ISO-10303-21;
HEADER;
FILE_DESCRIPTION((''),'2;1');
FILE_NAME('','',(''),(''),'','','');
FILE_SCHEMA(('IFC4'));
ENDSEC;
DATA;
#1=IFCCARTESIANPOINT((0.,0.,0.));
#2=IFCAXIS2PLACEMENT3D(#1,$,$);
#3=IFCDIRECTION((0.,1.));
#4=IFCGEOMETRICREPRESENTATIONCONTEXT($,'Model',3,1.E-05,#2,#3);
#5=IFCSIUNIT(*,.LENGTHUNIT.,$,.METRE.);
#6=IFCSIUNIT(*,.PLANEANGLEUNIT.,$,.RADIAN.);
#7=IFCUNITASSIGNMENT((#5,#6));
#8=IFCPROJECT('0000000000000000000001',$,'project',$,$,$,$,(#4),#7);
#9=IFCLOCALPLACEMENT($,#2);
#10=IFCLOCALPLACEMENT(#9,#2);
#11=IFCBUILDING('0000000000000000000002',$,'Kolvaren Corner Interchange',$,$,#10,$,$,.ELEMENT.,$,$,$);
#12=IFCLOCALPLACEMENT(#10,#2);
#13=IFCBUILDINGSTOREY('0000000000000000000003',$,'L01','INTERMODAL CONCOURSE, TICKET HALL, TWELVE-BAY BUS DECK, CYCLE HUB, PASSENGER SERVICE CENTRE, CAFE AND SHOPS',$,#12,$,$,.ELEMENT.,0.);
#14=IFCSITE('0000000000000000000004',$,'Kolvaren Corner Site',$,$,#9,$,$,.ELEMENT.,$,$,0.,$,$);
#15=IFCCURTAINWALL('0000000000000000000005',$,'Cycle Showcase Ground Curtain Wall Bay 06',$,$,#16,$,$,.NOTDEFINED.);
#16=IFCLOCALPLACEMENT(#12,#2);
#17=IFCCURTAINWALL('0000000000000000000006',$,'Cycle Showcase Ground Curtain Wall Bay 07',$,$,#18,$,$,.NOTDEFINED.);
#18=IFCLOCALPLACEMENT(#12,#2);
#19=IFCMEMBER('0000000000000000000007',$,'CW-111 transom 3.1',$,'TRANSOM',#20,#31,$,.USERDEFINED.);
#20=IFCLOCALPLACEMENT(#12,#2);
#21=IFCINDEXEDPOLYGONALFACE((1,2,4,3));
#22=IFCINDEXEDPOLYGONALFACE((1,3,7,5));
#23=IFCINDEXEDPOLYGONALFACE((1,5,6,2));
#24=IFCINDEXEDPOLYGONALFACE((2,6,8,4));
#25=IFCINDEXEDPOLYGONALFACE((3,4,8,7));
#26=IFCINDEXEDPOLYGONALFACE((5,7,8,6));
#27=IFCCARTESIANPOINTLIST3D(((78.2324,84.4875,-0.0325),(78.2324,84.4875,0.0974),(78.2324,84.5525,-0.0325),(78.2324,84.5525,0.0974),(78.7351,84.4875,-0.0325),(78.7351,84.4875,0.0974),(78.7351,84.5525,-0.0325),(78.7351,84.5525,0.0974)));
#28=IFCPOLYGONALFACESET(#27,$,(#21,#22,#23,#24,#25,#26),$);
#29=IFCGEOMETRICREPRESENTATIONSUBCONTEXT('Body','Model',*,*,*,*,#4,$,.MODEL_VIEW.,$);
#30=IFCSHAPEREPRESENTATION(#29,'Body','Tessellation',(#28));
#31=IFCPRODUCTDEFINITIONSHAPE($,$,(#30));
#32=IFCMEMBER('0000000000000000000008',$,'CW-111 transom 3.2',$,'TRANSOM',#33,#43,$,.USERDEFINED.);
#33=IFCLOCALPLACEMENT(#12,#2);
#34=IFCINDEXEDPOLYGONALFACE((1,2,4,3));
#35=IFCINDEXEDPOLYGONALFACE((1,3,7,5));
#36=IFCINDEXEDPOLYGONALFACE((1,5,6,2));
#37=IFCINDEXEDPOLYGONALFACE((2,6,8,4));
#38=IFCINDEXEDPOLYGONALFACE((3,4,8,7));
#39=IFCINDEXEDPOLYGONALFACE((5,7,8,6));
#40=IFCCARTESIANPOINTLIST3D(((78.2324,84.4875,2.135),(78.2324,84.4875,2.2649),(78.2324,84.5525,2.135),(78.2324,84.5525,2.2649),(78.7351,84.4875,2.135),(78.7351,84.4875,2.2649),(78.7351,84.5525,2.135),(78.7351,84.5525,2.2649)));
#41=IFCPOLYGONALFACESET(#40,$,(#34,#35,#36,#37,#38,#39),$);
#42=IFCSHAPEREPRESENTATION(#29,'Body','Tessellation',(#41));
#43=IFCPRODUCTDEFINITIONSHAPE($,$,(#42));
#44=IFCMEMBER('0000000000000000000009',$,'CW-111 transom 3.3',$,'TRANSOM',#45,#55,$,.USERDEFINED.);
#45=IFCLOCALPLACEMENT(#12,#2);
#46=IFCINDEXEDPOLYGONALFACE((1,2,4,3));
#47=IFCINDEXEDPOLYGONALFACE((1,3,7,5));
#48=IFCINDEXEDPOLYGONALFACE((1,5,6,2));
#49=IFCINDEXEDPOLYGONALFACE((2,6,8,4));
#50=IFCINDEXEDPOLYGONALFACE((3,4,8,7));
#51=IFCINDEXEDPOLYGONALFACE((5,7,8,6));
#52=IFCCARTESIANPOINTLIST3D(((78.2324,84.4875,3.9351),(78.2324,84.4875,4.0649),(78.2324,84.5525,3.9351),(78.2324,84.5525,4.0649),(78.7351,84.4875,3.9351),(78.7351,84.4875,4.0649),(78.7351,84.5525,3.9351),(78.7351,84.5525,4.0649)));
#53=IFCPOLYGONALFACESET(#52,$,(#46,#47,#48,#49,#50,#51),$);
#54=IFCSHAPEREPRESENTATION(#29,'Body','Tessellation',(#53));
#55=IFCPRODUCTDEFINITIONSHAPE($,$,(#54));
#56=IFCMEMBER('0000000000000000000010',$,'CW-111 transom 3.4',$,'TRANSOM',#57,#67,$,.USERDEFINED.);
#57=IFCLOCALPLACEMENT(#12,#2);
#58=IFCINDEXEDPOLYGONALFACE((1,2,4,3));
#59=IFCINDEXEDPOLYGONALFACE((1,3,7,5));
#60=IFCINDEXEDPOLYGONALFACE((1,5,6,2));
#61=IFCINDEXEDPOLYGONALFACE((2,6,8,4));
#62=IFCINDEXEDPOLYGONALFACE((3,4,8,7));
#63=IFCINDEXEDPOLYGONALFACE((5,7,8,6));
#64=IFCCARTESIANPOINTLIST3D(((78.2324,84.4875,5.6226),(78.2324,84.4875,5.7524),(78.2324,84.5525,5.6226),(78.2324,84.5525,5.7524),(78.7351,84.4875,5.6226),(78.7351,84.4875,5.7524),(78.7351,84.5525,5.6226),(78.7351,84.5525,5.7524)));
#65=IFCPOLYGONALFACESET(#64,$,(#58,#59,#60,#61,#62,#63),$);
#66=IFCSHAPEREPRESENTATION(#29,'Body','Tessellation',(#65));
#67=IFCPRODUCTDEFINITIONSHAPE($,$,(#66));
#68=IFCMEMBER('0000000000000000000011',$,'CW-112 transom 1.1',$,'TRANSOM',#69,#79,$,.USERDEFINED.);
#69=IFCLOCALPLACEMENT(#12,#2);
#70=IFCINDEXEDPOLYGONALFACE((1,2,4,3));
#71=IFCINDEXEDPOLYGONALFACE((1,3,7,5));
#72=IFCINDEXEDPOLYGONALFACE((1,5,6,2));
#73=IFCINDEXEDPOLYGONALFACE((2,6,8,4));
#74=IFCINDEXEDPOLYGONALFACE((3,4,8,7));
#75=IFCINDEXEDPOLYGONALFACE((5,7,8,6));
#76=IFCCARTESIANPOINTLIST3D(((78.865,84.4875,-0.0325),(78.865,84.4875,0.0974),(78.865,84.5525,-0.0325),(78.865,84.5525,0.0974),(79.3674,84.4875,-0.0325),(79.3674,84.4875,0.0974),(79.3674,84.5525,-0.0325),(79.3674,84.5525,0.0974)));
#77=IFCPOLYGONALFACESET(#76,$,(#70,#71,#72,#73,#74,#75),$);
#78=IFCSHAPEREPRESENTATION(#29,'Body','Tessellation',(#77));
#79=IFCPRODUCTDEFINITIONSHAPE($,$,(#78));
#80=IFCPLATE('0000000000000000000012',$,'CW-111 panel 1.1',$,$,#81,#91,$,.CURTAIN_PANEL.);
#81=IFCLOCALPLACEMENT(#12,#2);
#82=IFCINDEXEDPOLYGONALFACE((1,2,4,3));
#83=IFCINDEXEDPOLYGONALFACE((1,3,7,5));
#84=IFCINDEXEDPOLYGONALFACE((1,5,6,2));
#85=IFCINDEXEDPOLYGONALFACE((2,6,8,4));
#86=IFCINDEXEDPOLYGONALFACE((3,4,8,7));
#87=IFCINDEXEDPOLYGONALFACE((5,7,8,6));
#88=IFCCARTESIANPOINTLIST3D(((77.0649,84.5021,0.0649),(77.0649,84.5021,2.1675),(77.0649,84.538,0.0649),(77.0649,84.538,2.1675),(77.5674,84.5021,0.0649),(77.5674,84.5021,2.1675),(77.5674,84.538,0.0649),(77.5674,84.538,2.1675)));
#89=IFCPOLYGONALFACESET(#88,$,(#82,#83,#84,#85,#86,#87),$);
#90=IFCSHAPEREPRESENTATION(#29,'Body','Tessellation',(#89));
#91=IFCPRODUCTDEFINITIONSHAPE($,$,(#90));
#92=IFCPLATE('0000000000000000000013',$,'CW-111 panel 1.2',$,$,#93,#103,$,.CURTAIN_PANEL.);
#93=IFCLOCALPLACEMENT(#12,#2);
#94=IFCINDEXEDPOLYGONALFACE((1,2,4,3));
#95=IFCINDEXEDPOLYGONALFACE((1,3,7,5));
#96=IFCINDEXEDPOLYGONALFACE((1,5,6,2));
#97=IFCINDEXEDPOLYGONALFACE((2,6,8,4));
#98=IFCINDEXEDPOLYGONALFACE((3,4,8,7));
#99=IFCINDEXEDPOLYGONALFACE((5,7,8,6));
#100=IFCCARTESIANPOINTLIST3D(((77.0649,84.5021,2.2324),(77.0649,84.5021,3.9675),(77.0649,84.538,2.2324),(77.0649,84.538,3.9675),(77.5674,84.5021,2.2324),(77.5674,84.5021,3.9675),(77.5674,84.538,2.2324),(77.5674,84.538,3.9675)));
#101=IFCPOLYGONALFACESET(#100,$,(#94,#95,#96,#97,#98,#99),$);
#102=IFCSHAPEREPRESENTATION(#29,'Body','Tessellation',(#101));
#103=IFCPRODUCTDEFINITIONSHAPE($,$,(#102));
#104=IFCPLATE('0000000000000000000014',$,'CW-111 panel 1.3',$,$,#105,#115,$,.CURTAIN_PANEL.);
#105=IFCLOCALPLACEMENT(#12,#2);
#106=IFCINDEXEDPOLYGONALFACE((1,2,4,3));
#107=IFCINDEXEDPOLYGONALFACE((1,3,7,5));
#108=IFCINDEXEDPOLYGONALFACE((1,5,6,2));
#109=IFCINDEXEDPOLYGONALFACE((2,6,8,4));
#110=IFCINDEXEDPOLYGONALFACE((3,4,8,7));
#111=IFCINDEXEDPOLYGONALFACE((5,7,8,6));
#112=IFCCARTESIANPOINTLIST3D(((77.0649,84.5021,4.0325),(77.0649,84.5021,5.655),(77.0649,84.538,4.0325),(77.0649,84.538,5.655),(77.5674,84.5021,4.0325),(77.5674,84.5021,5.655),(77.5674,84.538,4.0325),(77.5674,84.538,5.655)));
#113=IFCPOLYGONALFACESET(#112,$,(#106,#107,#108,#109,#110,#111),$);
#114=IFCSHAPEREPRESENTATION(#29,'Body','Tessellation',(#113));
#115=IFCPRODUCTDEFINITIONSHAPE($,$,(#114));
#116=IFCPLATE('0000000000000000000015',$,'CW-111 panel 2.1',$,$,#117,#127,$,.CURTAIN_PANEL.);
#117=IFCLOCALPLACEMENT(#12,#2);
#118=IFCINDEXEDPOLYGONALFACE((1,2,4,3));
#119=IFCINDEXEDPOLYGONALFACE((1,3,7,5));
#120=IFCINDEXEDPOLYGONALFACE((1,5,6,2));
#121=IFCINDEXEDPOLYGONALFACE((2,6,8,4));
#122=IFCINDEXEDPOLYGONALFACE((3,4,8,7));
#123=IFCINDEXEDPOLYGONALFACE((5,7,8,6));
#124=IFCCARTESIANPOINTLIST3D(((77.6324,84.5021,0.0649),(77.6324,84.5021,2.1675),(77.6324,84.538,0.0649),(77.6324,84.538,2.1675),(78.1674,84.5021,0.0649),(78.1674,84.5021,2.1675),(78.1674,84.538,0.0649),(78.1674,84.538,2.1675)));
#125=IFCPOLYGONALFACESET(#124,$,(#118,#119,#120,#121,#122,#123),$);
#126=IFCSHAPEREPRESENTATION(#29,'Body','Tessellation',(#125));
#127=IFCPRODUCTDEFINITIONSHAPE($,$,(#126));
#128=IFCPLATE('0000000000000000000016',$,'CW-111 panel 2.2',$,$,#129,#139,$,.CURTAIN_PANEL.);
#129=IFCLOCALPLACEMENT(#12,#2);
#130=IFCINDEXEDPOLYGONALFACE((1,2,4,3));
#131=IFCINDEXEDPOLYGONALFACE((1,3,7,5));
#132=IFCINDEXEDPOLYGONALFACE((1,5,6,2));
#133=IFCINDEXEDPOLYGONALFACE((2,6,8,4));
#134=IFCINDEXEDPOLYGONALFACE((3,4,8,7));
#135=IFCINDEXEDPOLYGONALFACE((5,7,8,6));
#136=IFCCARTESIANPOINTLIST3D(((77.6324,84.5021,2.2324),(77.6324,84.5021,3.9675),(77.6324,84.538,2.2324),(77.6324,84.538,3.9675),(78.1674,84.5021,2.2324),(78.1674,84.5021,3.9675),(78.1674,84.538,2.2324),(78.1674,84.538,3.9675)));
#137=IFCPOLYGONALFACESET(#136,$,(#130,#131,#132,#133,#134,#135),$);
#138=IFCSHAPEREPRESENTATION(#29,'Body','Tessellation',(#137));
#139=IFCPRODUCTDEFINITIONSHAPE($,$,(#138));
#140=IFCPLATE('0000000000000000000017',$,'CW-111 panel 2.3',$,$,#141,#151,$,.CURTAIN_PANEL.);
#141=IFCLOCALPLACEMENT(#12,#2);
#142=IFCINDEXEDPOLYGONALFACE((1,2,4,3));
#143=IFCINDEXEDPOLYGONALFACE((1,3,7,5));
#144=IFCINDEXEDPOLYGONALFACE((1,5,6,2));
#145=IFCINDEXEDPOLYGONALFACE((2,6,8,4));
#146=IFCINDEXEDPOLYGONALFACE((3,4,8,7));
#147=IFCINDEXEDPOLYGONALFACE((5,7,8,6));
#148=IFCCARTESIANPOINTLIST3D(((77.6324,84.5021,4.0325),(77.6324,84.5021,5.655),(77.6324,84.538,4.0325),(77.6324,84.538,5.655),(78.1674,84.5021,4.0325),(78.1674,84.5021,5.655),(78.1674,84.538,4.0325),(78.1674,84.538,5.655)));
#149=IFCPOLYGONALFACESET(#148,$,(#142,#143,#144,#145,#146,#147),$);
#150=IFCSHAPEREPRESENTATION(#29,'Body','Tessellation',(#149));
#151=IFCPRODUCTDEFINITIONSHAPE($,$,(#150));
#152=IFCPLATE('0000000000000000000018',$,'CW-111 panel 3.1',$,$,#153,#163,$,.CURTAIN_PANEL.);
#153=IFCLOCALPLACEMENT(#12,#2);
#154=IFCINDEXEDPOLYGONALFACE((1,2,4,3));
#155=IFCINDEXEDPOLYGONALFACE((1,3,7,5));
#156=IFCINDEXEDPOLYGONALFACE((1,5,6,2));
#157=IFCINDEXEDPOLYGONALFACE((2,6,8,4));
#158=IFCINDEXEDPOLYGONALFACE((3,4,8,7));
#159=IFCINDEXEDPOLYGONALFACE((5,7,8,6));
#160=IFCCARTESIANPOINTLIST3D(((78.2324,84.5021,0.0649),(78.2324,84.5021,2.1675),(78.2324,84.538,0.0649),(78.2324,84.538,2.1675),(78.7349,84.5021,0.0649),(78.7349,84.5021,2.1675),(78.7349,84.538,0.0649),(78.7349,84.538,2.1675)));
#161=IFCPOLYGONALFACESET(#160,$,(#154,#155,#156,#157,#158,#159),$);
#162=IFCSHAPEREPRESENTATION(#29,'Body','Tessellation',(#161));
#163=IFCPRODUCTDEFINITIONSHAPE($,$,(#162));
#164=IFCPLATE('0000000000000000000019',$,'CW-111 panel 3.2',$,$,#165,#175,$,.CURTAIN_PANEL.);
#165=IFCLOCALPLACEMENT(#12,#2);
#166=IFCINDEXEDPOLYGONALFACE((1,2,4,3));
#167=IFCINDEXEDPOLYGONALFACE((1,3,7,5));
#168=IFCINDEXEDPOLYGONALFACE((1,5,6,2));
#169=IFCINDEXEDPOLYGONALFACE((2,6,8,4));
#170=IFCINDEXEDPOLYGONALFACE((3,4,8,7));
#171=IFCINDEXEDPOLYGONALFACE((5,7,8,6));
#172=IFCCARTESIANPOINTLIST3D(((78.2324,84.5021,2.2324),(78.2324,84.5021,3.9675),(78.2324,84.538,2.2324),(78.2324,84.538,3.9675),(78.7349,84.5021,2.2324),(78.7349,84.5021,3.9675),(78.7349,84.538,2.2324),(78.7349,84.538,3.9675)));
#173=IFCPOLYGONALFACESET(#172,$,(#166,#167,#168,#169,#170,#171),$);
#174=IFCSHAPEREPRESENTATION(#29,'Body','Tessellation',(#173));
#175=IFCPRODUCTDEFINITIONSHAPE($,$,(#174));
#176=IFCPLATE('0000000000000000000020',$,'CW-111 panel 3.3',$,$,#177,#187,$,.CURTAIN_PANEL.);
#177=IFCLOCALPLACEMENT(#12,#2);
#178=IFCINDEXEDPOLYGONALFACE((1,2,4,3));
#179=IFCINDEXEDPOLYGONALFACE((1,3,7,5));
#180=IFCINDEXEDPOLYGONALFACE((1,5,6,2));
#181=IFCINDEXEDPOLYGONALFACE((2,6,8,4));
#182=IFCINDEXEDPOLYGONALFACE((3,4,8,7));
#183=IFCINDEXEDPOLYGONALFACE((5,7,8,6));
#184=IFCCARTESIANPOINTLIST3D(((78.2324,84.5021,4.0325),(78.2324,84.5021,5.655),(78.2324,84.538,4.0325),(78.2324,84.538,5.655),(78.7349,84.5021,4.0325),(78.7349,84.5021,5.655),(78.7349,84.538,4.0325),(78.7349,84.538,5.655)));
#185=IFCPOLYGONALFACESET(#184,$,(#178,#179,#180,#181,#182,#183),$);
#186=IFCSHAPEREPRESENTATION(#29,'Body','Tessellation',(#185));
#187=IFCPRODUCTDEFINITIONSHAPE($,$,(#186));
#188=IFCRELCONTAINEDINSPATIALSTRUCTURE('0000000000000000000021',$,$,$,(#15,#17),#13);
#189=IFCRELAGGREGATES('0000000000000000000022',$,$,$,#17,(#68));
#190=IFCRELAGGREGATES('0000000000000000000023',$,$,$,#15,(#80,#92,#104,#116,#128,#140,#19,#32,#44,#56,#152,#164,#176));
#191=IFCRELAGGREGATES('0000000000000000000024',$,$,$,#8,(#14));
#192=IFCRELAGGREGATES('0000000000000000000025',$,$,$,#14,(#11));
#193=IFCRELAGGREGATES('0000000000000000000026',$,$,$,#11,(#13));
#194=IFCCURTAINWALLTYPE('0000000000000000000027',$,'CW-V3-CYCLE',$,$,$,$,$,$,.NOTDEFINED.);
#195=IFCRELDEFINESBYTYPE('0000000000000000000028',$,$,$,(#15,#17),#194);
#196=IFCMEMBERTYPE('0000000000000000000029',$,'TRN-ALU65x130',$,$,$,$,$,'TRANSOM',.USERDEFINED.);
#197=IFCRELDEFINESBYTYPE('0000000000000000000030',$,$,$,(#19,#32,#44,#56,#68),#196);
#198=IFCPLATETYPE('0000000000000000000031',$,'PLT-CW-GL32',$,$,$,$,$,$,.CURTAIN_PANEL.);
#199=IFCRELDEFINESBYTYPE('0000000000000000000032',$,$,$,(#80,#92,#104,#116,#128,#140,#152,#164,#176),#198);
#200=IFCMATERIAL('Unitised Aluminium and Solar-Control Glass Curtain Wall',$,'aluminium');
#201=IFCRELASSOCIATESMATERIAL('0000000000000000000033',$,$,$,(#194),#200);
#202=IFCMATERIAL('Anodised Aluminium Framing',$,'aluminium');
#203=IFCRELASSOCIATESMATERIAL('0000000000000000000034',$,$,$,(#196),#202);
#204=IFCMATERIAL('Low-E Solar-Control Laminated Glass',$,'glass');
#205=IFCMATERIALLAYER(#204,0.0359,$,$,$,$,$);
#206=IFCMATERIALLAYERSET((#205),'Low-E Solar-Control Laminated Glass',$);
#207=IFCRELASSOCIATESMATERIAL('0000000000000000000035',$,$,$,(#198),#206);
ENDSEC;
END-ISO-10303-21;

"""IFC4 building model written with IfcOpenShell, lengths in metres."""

from ifc_helpers import new_model, si_unit, direction, frame, origin, origin_2d, place, context, subcontext, project, spatial, rectangle, extrude, material, layer, layer_set, material_profile, profile_set, type_object, element, aggregate, save


model = new_model("IFC4")

# Units and contexts
model_context = context("Model", 3, precision=1e-05, world=origin(), true_north=direction((0.0, 1.0)))
body_context = subcontext(model_context, "Body", "Model", "MODEL_VIEW")
ifc_project = project(units=[si_unit("LENGTHUNIT", "METRE"), si_unit("PLANEANGLEUNIT", "RADIAN")], contexts=[model_context])

# Site, building, storey
site_placement = place(None, origin())
site = spatial("IfcSite", under=ifc_project, at=site_placement, Name="Kolvaren Corner Site", CompositionType="ELEMENT", RefElevation=0.0)
building_placement = place(site_placement, origin())
building = spatial("IfcBuilding", under=site, at=building_placement, Name="Kolvaren Corner Interchange", CompositionType="ELEMENT")
storey_placement = place(building_placement, origin())
storey = spatial("IfcBuildingStorey", under=building, at=storey_placement, Name="L01", Description="INTERMODAL CONCOURSE, TICKET HALL, TWELVE-BAY BUS DECK, CYCLE HUB, PASSENGER SERVICE CENTRE, CAFE AND SHOPS", CompositionType="ELEMENT", Elevation=0.0)

# Curtain wall
ifc_material_1 = material(Name="Unitised Aluminium and Solar-Control Glass Curtain Wall", Category="aluminium")
curtain_wall_type = type_object("IfcCurtainWallType", Name="CW-V3-CYCLE", PredefinedType="NOTDEFINED", material=ifc_material_1)
curtain_wall_1_placement = place(storey_placement, origin())
curtain_wall_1 = element("IfcCurtainWall", 1, at=curtain_wall_1_placement, inside=storey, type_object=curtain_wall_type, Name="Cycle Showcase Ground Curtain Wall Bay 06", PredefinedType="NOTDEFINED")

# Curtain wall
curtain_wall_2_placement = place(storey_placement, origin())
curtain_wall_2 = element("IfcCurtainWall", 2, at=curtain_wall_2_placement, inside=storey, type_object=curtain_wall_type, Name="Cycle Showcase Ground Curtain Wall Bay 07", PredefinedType="NOTDEFINED")

# Members
ifc_material_2 = material(Name="Anodised Aluminium Framing", Category="aluminium")
ifc_material_profile_1 = material_profile(ifc_material_2, rectangle(XDim=0.0649, YDim=0.1299, at=origin_2d()), Name="ALU 65x130")
ifc_profile_set_1 = profile_set([ifc_material_profile_1], Name="Anodised Aluminium Framing")
member_type_1 = type_object("IfcMemberType", Name="TRN-ALU65x130", ElementType="TRANSOM", PredefinedType="USERDEFINED", material=ifc_profile_set_1)
member_1_placement = place(storey_placement, frame((78.2324, 84.52, 0.0325), z_axis=(1.0, 0.0, 0.0), x_axis=(0.0, 1.0, 0.0)))
member_1 = element("IfcMember", 3, at=member_1_placement, type_object=member_type_1, Name="CW-111 transom 3.1", ObjectType="TRANSOM", PredefinedType="USERDEFINED", context=body_context, shape_type="SweptSolid", body=[
    extrude(rectangle(XDim=0.0649, YDim=0.1299, at=origin_2d()), origin(), (0.0, 0.0, 1.0), 0.5027),
])
member_2_placement = place(storey_placement, frame((78.2324, 84.52, 2.2), z_axis=(1.0, 0.0, 0.0), x_axis=(0.0, 1.0, 0.0)))
member_2 = element("IfcMember", 4, at=member_2_placement, type_object=member_type_1, Name="CW-111 transom 3.2", ObjectType="TRANSOM", PredefinedType="USERDEFINED", context=body_context, shape_type="SweptSolid", body=[
    extrude(rectangle(XDim=0.0649, YDim=0.1299, at=origin_2d()), origin(), (0.0, 0.0, 1.0), 0.5027),
])
member_3_placement = place(storey_placement, frame((78.2324, 84.52, 4.0), z_axis=(1.0, 0.0, 0.0), x_axis=(0.0, 1.0, 0.0)))
member_3 = element("IfcMember", 5, at=member_3_placement, type_object=member_type_1, Name="CW-111 transom 3.3", ObjectType="TRANSOM", PredefinedType="USERDEFINED", context=body_context, shape_type="SweptSolid", body=[
    extrude(rectangle(XDim=0.0649, YDim=0.1299, at=origin_2d()), origin(), (0.0, 0.0, 1.0), 0.5027),
])
member_4_placement = place(storey_placement, frame((78.2324, 84.52, 5.6875), z_axis=(1.0, 0.0, 0.0), x_axis=(0.0, 1.0, 0.0)))
member_4 = element("IfcMember", 6, at=member_4_placement, type_object=member_type_1, Name="CW-111 transom 3.4", ObjectType="TRANSOM", PredefinedType="USERDEFINED", context=body_context, shape_type="SweptSolid", body=[
    extrude(rectangle(XDim=0.0649, YDim=0.1299, at=origin_2d()), origin(), (0.0, 0.0, 1.0), 0.5027),
])
member_5_placement = place(storey_placement, frame((78.865, 84.52, 0.0325), z_axis=(1.0, 0.0, 0.0), x_axis=(0.0, 1.0, 0.0)))
member_5 = element("IfcMember", 7, at=member_5_placement, type_object=member_type_1, Name="CW-112 transom 1.1", ObjectType="TRANSOM", PredefinedType="USERDEFINED", context=body_context, shape_type="SweptSolid", body=[
    extrude(rectangle(XDim=0.0649, YDim=0.1299, at=origin_2d()), origin(), (0.0, 0.0, 1.0), 0.5024),
])
aggregate(curtain_wall_2, [member_5])

# Plates
ifc_material_3 = material(Name="Low-E Solar-Control Laminated Glass", Category="glass")
ifc_layer = layer(ifc_material_3, 0.0359)
ifc_layer_set = layer_set([ifc_layer], Name="Low-E Solar-Control Laminated Glass")
plate_type = type_object("IfcPlateType", Name="PLT-CW-GL32", PredefinedType="CURTAIN_PANEL", material=ifc_layer_set)
plate_1_placement = place(storey_placement, frame((77.3162, 84.52, 0.0649), z_axis=(0.0, 0.0, 1.0), x_axis=(1.0, 0.0, 0.0)))
plate_1 = element("IfcPlate", 8, at=plate_1_placement, type_object=plate_type, Name="CW-111 panel 1.1", PredefinedType="CURTAIN_PANEL", context=body_context, shape_type="SweptSolid", body=[
    extrude(rectangle(XDim=0.5024, YDim=0.0359, at=origin_2d()), origin(), (0.0, 0.0, 1.0), 2.1025),
])
plate_2_placement = place(storey_placement, frame((77.3162, 84.52, 2.2324), z_axis=(0.0, 0.0, 1.0), x_axis=(1.0, 0.0, 0.0)))
plate_2 = element("IfcPlate", 9, at=plate_2_placement, type_object=plate_type, Name="CW-111 panel 1.2", PredefinedType="CURTAIN_PANEL", context=body_context, shape_type="SweptSolid", body=[
    extrude(rectangle(XDim=0.5024, YDim=0.0359, at=origin_2d()), origin(), (0.0, 0.0, 1.0), 1.7351),
])
plate_3_placement = place(storey_placement, frame((77.3162, 84.52, 4.0325), z_axis=(0.0, 0.0, 1.0), x_axis=(1.0, 0.0, 0.0)))
plate_3 = element("IfcPlate", 10, at=plate_3_placement, type_object=plate_type, Name="CW-111 panel 1.3", PredefinedType="CURTAIN_PANEL", context=body_context, shape_type="SweptSolid", body=[
    extrude(rectangle(XDim=0.5024, YDim=0.0359, at=origin_2d()), origin(), (0.0, 0.0, 1.0), 1.6226),
])
plate_4_placement = place(storey_placement, frame((77.8999, 84.52, 0.0649), z_axis=(0.0, 0.0, 1.0), x_axis=(1.0, 0.0, 0.0)))
plate_4 = element("IfcPlate", 11, at=plate_4_placement, type_object=plate_type, Name="CW-111 panel 2.1", PredefinedType="CURTAIN_PANEL", context=body_context, shape_type="SweptSolid", body=[
    extrude(rectangle(XDim=0.5349, YDim=0.0359, at=origin_2d()), origin(), (0.0, 0.0, 1.0), 2.1025),
])
plate_5_placement = place(storey_placement, frame((77.8999, 84.52, 2.2324), z_axis=(0.0, 0.0, 1.0), x_axis=(1.0, 0.0, 0.0)))
plate_5 = element("IfcPlate", 12, at=plate_5_placement, type_object=plate_type, Name="CW-111 panel 2.2", PredefinedType="CURTAIN_PANEL", context=body_context, shape_type="SweptSolid", body=[
    extrude(rectangle(XDim=0.5349, YDim=0.0359, at=origin_2d()), origin(), (0.0, 0.0, 1.0), 1.7351),
])
plate_6_placement = place(storey_placement, frame((77.8999, 84.52, 4.0325), z_axis=(0.0, 0.0, 1.0), x_axis=(1.0, 0.0, 0.0)))
plate_6 = element("IfcPlate", 13, at=plate_6_placement, type_object=plate_type, Name="CW-111 panel 2.3", PredefinedType="CURTAIN_PANEL", context=body_context, shape_type="SweptSolid", body=[
    extrude(rectangle(XDim=0.5349, YDim=0.0359, at=origin_2d()), origin(), (0.0, 0.0, 1.0), 1.6226),
])
plate_7_placement = place(storey_placement, frame((78.4836, 84.52, 0.0649), z_axis=(0.0, 0.0, 1.0), x_axis=(1.0, 0.0, 0.0)))
plate_7 = element("IfcPlate", 14, at=plate_7_placement, type_object=plate_type, Name="CW-111 panel 3.1", PredefinedType="CURTAIN_PANEL", context=body_context, shape_type="SweptSolid", body=[
    extrude(rectangle(XDim=0.5024, YDim=0.0359, at=origin_2d()), origin(), (0.0, 0.0, 1.0), 2.1025),
])
plate_8_placement = place(storey_placement, frame((78.4836, 84.52, 2.2324), z_axis=(0.0, 0.0, 1.0), x_axis=(1.0, 0.0, 0.0)))
plate_8 = element("IfcPlate", 15, at=plate_8_placement, type_object=plate_type, Name="CW-111 panel 3.2", PredefinedType="CURTAIN_PANEL", context=body_context, shape_type="SweptSolid", body=[
    extrude(rectangle(XDim=0.5024, YDim=0.0359, at=origin_2d()), origin(), (0.0, 0.0, 1.0), 1.7351),
])
plate_9_placement = place(storey_placement, frame((78.4836, 84.52, 4.0325), z_axis=(0.0, 0.0, 1.0), x_axis=(1.0, 0.0, 0.0)))
plate_9 = element("IfcPlate", 16, at=plate_9_placement, type_object=plate_type, Name="CW-111 panel 3.3", PredefinedType="CURTAIN_PANEL", context=body_context, shape_type="SweptSolid", body=[
    extrude(rectangle(XDim=0.5024, YDim=0.0359, at=origin_2d()), origin(), (0.0, 0.0, 1.0), 1.6226),
])
aggregate(curtain_wall_1, [plate_1, plate_2, plate_3, plate_4, plate_5, plate_6, member_1, member_2, member_3, member_4, plate_7, plate_8, plate_9])

save(model, "model.ifc")
